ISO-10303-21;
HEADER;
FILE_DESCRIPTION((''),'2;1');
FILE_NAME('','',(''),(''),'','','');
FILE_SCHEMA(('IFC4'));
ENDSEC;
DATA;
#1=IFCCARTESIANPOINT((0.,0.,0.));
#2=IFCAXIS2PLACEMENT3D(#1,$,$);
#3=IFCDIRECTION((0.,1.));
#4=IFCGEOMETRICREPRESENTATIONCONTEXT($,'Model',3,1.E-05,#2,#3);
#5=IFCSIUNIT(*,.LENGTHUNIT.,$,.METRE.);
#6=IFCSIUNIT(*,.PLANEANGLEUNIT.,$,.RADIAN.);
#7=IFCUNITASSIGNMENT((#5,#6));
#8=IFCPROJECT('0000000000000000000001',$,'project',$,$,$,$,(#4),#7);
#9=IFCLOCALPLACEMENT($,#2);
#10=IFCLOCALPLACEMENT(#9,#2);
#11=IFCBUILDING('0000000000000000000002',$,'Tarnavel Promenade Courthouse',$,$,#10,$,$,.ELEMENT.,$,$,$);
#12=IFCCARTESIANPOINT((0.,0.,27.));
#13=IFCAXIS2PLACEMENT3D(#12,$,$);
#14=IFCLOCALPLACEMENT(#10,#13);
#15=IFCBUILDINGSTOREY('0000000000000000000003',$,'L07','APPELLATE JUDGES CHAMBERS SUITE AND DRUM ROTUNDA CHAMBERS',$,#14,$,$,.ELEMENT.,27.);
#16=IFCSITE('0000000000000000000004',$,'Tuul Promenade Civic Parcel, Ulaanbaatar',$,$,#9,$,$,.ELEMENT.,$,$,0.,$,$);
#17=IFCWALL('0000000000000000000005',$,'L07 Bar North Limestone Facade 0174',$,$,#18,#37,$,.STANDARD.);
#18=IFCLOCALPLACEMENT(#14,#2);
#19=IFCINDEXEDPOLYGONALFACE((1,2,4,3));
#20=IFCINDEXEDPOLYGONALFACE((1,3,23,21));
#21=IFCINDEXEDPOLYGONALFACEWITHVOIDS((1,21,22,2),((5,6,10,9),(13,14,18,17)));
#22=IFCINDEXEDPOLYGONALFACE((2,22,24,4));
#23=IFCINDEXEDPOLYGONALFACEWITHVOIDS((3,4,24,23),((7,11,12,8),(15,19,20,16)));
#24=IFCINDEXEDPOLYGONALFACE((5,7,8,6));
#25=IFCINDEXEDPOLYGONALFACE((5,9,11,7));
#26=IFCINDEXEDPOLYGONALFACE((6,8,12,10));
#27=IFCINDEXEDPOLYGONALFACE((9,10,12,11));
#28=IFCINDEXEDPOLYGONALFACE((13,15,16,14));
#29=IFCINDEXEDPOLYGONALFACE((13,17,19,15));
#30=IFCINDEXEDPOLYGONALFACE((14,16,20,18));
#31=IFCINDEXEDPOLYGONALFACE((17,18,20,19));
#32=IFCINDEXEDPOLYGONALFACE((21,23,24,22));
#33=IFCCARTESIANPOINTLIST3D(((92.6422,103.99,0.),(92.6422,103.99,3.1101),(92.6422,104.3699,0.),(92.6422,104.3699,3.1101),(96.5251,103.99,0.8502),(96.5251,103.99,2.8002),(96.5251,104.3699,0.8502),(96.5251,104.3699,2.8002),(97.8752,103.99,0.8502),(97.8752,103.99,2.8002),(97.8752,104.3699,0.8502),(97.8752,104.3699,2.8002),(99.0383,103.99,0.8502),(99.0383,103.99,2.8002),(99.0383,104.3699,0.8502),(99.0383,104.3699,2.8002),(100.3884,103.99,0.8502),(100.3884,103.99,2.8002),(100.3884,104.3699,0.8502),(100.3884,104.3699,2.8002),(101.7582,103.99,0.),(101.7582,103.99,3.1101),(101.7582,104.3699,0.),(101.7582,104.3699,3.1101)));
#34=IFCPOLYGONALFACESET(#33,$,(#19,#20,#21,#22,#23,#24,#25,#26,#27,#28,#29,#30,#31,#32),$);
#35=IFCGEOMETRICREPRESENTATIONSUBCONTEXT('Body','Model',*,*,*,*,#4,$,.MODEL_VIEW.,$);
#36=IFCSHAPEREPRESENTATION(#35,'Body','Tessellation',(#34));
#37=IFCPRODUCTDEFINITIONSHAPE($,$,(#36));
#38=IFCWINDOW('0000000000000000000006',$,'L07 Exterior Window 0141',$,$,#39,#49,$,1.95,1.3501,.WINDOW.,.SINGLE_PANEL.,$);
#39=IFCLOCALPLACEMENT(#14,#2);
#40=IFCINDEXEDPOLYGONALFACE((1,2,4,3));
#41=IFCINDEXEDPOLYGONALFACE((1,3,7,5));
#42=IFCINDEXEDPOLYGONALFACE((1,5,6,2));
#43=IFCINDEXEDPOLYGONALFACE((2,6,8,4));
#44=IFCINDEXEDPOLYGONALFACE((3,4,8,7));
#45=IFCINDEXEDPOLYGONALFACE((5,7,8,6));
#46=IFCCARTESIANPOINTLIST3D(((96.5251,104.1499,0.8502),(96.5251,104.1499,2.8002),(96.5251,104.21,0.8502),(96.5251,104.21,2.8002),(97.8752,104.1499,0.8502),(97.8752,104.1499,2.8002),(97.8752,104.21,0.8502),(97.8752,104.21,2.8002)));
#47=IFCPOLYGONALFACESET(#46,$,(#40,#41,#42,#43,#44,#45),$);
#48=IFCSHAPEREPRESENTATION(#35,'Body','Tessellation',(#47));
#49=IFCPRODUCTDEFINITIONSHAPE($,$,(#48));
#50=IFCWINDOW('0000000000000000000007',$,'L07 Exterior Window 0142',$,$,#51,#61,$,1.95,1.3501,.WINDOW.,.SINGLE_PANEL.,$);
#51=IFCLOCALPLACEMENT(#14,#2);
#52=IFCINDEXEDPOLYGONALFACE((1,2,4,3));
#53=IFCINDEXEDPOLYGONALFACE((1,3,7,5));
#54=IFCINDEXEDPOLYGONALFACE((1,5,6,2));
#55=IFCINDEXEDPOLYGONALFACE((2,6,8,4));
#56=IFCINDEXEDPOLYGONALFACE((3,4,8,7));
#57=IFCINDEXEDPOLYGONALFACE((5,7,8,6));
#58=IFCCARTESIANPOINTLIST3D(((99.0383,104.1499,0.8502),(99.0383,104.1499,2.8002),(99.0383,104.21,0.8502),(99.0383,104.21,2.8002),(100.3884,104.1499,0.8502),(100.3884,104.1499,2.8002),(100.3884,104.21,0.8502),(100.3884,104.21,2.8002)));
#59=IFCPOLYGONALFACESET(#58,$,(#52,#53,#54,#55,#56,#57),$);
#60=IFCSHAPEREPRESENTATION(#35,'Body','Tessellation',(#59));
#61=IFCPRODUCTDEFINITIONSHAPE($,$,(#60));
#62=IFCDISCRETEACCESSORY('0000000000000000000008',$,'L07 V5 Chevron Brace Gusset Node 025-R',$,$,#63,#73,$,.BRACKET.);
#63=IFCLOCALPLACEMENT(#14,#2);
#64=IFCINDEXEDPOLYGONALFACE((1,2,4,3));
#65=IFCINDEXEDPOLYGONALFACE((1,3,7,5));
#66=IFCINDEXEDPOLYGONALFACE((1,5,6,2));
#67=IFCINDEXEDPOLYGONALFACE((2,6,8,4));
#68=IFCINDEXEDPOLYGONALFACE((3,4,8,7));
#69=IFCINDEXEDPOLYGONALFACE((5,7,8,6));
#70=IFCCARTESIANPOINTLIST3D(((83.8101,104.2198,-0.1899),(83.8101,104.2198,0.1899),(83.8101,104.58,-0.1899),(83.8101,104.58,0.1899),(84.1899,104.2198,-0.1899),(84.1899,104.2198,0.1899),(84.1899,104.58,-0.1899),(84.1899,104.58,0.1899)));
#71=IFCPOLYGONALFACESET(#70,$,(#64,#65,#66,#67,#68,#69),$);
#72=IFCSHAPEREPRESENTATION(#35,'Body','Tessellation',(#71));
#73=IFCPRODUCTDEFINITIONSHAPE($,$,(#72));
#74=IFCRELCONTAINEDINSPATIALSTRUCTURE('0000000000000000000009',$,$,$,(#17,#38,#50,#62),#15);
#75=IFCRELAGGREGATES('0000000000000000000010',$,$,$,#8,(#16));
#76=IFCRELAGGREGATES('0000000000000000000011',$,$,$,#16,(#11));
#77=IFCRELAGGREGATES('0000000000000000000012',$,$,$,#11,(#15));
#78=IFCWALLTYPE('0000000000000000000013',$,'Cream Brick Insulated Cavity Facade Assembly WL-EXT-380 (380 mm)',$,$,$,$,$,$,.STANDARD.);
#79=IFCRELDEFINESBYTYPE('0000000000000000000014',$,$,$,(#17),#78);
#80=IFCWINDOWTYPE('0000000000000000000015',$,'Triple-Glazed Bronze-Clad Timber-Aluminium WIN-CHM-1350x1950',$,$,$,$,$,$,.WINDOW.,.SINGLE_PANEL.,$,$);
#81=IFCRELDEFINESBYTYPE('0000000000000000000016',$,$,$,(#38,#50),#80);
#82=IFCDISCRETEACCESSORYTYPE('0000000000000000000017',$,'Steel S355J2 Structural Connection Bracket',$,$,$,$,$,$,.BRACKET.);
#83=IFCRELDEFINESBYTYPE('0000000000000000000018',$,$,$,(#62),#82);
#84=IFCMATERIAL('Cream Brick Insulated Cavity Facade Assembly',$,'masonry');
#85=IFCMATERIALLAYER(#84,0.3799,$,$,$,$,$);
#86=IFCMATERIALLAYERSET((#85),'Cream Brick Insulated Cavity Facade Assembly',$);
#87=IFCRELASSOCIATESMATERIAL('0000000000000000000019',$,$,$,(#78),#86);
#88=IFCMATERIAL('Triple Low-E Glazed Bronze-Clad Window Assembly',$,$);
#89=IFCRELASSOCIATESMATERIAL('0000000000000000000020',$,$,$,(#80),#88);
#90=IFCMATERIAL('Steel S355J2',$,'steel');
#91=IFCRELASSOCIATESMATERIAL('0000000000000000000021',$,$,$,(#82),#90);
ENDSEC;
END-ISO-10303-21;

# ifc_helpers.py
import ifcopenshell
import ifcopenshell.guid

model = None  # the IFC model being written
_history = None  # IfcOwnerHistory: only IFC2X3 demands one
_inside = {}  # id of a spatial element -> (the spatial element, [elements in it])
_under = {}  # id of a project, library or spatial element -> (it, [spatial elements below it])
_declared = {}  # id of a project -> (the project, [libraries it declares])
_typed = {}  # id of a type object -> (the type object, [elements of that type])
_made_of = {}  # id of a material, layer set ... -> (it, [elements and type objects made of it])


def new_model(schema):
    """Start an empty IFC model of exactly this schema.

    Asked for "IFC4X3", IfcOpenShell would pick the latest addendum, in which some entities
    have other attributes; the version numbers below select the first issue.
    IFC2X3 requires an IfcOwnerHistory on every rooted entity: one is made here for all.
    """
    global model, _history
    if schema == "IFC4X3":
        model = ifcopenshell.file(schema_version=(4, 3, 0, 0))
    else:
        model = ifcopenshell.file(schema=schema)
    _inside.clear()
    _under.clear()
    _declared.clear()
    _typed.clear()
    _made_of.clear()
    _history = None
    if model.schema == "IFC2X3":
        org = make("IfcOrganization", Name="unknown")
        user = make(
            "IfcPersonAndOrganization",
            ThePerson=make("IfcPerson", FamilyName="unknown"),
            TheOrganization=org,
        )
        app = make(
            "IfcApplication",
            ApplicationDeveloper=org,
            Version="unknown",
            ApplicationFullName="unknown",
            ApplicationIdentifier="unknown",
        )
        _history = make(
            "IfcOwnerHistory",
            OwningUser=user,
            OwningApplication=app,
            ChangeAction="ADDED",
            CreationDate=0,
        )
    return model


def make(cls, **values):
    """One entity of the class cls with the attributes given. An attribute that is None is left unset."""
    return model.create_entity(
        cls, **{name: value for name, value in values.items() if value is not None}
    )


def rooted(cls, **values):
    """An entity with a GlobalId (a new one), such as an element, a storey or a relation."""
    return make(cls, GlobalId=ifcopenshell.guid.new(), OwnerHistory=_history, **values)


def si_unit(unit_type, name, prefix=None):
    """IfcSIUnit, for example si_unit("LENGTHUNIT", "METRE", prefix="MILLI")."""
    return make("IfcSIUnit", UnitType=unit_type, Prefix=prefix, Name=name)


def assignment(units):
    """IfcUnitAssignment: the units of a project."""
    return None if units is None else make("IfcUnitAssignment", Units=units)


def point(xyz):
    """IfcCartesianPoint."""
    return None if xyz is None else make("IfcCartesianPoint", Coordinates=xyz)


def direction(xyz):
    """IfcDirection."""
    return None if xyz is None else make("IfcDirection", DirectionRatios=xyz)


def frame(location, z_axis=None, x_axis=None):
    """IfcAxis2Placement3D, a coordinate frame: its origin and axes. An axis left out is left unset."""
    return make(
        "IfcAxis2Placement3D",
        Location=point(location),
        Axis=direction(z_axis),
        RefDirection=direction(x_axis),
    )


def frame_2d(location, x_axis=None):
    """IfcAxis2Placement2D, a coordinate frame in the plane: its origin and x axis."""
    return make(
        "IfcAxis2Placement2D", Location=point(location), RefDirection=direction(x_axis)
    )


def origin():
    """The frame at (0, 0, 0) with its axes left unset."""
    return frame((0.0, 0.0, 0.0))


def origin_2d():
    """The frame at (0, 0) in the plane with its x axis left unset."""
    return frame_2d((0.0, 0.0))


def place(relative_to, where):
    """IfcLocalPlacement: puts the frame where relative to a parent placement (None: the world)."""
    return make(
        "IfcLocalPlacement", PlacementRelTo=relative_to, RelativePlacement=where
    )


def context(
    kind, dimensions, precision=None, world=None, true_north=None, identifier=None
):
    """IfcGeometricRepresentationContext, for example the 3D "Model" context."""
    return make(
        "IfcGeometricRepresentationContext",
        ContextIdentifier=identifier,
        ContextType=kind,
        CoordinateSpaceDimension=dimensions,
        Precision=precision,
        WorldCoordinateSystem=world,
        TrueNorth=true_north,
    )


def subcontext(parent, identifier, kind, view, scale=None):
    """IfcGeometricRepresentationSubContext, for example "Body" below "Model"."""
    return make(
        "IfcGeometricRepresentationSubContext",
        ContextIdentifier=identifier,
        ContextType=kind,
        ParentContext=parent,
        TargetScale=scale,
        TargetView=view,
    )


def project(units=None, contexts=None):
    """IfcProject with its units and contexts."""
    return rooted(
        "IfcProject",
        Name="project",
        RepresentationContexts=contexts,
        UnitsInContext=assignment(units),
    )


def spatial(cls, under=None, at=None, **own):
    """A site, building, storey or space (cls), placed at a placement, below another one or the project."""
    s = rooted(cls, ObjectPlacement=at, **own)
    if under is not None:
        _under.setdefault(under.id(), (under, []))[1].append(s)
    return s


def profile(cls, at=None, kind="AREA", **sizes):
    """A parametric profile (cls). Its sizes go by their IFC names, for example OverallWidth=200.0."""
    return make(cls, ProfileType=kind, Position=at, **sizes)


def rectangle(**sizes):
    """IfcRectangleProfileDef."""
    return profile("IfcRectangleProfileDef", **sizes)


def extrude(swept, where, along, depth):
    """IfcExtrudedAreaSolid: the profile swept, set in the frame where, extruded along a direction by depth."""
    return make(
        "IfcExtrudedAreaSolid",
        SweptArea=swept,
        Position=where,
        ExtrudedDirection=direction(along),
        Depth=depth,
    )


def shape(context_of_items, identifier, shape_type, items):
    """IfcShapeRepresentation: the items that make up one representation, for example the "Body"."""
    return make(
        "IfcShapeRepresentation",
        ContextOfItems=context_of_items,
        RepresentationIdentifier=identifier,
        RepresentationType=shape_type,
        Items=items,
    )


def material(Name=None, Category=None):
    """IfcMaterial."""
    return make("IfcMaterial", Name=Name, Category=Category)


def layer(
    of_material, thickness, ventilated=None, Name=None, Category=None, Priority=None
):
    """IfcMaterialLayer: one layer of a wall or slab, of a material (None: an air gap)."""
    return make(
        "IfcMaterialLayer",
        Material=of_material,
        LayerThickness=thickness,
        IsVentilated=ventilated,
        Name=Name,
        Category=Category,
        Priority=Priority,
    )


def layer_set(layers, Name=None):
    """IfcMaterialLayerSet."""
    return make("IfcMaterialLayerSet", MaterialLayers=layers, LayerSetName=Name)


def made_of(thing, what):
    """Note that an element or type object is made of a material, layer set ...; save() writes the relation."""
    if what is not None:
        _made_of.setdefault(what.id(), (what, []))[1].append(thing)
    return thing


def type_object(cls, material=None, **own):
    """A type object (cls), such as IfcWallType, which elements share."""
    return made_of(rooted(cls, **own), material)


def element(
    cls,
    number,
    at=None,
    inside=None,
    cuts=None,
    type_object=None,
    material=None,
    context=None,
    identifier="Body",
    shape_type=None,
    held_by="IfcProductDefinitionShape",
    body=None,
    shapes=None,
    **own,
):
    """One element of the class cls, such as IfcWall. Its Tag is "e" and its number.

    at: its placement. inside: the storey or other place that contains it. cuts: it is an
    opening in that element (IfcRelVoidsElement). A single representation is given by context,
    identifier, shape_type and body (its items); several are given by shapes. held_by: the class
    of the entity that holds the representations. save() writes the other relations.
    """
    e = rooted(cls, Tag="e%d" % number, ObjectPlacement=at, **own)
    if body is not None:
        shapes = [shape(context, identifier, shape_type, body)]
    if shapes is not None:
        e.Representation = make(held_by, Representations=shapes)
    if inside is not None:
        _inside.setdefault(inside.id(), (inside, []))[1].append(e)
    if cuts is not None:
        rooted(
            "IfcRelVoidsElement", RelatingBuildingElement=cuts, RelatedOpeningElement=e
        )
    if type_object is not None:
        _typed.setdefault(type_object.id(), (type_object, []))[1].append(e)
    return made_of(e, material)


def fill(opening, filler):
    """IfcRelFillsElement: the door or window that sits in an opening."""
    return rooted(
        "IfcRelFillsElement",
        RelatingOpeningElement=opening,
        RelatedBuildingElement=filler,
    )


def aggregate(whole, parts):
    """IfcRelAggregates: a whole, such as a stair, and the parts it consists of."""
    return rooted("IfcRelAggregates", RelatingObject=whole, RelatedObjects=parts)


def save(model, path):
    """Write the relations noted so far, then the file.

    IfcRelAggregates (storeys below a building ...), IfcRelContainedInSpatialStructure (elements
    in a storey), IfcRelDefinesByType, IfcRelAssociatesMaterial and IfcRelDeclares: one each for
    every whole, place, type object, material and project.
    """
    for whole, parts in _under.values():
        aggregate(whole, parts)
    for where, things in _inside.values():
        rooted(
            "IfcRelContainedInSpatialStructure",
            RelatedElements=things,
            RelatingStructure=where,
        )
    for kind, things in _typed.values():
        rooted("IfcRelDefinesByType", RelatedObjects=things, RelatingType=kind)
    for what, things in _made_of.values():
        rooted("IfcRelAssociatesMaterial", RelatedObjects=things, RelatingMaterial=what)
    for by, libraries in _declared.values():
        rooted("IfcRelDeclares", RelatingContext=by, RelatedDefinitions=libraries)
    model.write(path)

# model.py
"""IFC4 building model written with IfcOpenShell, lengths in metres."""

from ifc_helpers import new_model, si_unit, direction, frame, frame_2d, origin, origin_2d, place, context, subcontext, project, spatial, rectangle, extrude, material, layer, layer_set, type_object, element, fill, save


model = new_model("IFC4")

# Units and contexts
model_context = context("Model", 3, precision=1e-05, world=origin(), true_north=direction((0.0, 1.0)))
body_context = subcontext(model_context, "Body", "Model", "MODEL_VIEW")
ifc_project = project(units=[si_unit("LENGTHUNIT", "METRE"), si_unit("PLANEANGLEUNIT", "RADIAN")], contexts=[model_context])

# Site, building, storey
site_placement = place(None, origin())
site = spatial("IfcSite", under=ifc_project, at=site_placement, Name="Tuul Promenade Civic Parcel, Ulaanbaatar", CompositionType="ELEMENT", RefElevation=0.0)
building_placement = place(site_placement, origin())
building = spatial("IfcBuilding", under=site, at=building_placement, Name="Tarnavel Promenade Courthouse", CompositionType="ELEMENT")
storey_placement = place(building_placement, frame((0.0, 0.0, 27.0)))
storey = spatial("IfcBuildingStorey", under=building, at=storey_placement, Name="L07", Description="APPELLATE JUDGES CHAMBERS SUITE AND DRUM ROTUNDA CHAMBERS", CompositionType="ELEMENT", Elevation=27.0)

# Wall, openings, windows
ifc_material_1 = material(Name="Cream Brick Insulated Cavity Facade Assembly", Category="masonry")
ifc_layer_1 = layer(ifc_material_1, 0.3799)
ifc_layer_set_1 = layer_set([ifc_layer_1], Name="Cream Brick Insulated Cavity Facade Assembly")
wall_type_1 = type_object("IfcWallType", Name="Cream Brick Insulated Cavity Facade Assembly WL-EXT-380 (380 mm)", PredefinedType="STANDARD", material=ifc_layer_set_1)
ifc_material_2 = material(Name="Triple Low-E Glazed Bronze-Clad Window Assembly")
window_type = type_object("IfcWindowType", Name="Triple-Glazed Bronze-Clad Timber-Aluminium WIN-CHM-1350x1950", PartitioningType="SINGLE_PANEL", PredefinedType="WINDOW", material=ifc_material_2)
wall_1_placement = place(storey_placement, frame((92.6421, 104.1799, 0.0), z_axis=(0.0, 0.0, 1.0), x_axis=(1.0, 0.0, 0.0)))
wall_1 = element("IfcWall", 1, at=wall_1_placement, inside=storey, type_object=wall_type_1, Name="L07 Bar North Limestone Facade 0174", PredefinedType="STANDARD", context=body_context, shape_type="SweptSolid", body=[
    extrude(rectangle(XDim=9.116, YDim=0.3799, at=frame_2d((4.5581, 0.0))), origin(), (0.0, 0.0, 1.0), 3.1101),
])
opening_1_placement = place(wall_1_placement, frame((3.8831, 0.0, 0.8501)))
opening_1 = element("IfcOpeningElement", 2, at=opening_1_placement, cuts=wall_1, PredefinedType="OPENING", context=body_context, shape_type="SweptSolid", body=[
    extrude(rectangle(XDim=1.3501, YDim=1.95, at=frame_2d((0.675, 0.9751))), frame((0.0, 0.2, 0.0), z_axis=(0.0, -1.0, 0.0), x_axis=(1.0, 0.0, 0.0)), (0.0, 0.0, 1.0), 0.3999),
])
opening_2_placement = place(wall_1_placement, frame((6.3962, 0.0, 0.8501)))
opening_2 = element("IfcOpeningElement", 3, at=opening_2_placement, cuts=wall_1, PredefinedType="OPENING", context=body_context, shape_type="SweptSolid", body=[
    extrude(rectangle(XDim=1.3501, YDim=1.95, at=frame_2d((0.675, 0.9751))), frame((0.0, 0.2, 0.0), z_axis=(0.0, -1.0, 0.0), x_axis=(1.0, 0.0, 0.0)), (0.0, 0.0, 1.0), 0.3999),
])
window_1_placement = place(opening_1_placement, origin())
window_1 = element("IfcWindow", 4, at=window_1_placement, inside=storey, type_object=window_type, Name="L07 Exterior Window 0141", OverallHeight=1.95, OverallWidth=1.3501, PartitioningType="SINGLE_PANEL", PredefinedType="WINDOW", context=body_context, shape_type="SweptSolid", body=[
    extrude(rectangle(XDim=1.3501, YDim=1.95, at=frame_2d((0.675, 0.9751))), frame((0.0, 0.03, 0.0), z_axis=(0.0, -1.0, 0.0), x_axis=(1.0, 0.0, 0.0)), (0.0, 0.0, 1.0), 0.0601),
])
fill(opening_1, window_1)
window_2_placement = place(opening_2_placement, origin())
window_2 = element("IfcWindow", 5, at=window_2_placement, inside=storey, type_object=window_type, Name="L07 Exterior Window 0142", OverallHeight=1.95, OverallWidth=1.3501, PartitioningType="SINGLE_PANEL", PredefinedType="WINDOW", context=body_context, shape_type="SweptSolid", body=[
    extrude(rectangle(XDim=1.3501, YDim=1.95, at=frame_2d((0.675, 0.9751))), frame((0.0, 0.03, 0.0), z_axis=(0.0, -1.0, 0.0), x_axis=(1.0, 0.0, 0.0)), (0.0, 0.0, 1.0), 0.0601),
])
fill(opening_2, window_2)

# Discrete accessory
ifc_material_3 = material(Name="Steel S355J2", Category="steel")
discrete_accessory_type = type_object("IfcDiscreteAccessoryType", Name="Steel S355J2 Structural Connection Bracket", PredefinedType="BRACKET", material=ifc_material_3)
discrete_accessory_placement = place(storey_placement, frame((84.0, 104.3999, -0.1899), z_axis=(0.0, 0.0, 1.0), x_axis=(1.0, 0.0, 0.0)))
element("IfcDiscreteAccessory", 6, at=discrete_accessory_placement, inside=storey, type_object=discrete_accessory_type, Name="L07 V5 Chevron Brace Gusset Node 025-R", PredefinedType="BRACKET", context=body_context, shape_type="SweptSolid", body=[
    extrude(rectangle(XDim=0.3799, YDim=0.3601, at=origin_2d()), origin(), (0.0, 0.0, 1.0), 0.3799),
])

save(model, "model.ifc")
